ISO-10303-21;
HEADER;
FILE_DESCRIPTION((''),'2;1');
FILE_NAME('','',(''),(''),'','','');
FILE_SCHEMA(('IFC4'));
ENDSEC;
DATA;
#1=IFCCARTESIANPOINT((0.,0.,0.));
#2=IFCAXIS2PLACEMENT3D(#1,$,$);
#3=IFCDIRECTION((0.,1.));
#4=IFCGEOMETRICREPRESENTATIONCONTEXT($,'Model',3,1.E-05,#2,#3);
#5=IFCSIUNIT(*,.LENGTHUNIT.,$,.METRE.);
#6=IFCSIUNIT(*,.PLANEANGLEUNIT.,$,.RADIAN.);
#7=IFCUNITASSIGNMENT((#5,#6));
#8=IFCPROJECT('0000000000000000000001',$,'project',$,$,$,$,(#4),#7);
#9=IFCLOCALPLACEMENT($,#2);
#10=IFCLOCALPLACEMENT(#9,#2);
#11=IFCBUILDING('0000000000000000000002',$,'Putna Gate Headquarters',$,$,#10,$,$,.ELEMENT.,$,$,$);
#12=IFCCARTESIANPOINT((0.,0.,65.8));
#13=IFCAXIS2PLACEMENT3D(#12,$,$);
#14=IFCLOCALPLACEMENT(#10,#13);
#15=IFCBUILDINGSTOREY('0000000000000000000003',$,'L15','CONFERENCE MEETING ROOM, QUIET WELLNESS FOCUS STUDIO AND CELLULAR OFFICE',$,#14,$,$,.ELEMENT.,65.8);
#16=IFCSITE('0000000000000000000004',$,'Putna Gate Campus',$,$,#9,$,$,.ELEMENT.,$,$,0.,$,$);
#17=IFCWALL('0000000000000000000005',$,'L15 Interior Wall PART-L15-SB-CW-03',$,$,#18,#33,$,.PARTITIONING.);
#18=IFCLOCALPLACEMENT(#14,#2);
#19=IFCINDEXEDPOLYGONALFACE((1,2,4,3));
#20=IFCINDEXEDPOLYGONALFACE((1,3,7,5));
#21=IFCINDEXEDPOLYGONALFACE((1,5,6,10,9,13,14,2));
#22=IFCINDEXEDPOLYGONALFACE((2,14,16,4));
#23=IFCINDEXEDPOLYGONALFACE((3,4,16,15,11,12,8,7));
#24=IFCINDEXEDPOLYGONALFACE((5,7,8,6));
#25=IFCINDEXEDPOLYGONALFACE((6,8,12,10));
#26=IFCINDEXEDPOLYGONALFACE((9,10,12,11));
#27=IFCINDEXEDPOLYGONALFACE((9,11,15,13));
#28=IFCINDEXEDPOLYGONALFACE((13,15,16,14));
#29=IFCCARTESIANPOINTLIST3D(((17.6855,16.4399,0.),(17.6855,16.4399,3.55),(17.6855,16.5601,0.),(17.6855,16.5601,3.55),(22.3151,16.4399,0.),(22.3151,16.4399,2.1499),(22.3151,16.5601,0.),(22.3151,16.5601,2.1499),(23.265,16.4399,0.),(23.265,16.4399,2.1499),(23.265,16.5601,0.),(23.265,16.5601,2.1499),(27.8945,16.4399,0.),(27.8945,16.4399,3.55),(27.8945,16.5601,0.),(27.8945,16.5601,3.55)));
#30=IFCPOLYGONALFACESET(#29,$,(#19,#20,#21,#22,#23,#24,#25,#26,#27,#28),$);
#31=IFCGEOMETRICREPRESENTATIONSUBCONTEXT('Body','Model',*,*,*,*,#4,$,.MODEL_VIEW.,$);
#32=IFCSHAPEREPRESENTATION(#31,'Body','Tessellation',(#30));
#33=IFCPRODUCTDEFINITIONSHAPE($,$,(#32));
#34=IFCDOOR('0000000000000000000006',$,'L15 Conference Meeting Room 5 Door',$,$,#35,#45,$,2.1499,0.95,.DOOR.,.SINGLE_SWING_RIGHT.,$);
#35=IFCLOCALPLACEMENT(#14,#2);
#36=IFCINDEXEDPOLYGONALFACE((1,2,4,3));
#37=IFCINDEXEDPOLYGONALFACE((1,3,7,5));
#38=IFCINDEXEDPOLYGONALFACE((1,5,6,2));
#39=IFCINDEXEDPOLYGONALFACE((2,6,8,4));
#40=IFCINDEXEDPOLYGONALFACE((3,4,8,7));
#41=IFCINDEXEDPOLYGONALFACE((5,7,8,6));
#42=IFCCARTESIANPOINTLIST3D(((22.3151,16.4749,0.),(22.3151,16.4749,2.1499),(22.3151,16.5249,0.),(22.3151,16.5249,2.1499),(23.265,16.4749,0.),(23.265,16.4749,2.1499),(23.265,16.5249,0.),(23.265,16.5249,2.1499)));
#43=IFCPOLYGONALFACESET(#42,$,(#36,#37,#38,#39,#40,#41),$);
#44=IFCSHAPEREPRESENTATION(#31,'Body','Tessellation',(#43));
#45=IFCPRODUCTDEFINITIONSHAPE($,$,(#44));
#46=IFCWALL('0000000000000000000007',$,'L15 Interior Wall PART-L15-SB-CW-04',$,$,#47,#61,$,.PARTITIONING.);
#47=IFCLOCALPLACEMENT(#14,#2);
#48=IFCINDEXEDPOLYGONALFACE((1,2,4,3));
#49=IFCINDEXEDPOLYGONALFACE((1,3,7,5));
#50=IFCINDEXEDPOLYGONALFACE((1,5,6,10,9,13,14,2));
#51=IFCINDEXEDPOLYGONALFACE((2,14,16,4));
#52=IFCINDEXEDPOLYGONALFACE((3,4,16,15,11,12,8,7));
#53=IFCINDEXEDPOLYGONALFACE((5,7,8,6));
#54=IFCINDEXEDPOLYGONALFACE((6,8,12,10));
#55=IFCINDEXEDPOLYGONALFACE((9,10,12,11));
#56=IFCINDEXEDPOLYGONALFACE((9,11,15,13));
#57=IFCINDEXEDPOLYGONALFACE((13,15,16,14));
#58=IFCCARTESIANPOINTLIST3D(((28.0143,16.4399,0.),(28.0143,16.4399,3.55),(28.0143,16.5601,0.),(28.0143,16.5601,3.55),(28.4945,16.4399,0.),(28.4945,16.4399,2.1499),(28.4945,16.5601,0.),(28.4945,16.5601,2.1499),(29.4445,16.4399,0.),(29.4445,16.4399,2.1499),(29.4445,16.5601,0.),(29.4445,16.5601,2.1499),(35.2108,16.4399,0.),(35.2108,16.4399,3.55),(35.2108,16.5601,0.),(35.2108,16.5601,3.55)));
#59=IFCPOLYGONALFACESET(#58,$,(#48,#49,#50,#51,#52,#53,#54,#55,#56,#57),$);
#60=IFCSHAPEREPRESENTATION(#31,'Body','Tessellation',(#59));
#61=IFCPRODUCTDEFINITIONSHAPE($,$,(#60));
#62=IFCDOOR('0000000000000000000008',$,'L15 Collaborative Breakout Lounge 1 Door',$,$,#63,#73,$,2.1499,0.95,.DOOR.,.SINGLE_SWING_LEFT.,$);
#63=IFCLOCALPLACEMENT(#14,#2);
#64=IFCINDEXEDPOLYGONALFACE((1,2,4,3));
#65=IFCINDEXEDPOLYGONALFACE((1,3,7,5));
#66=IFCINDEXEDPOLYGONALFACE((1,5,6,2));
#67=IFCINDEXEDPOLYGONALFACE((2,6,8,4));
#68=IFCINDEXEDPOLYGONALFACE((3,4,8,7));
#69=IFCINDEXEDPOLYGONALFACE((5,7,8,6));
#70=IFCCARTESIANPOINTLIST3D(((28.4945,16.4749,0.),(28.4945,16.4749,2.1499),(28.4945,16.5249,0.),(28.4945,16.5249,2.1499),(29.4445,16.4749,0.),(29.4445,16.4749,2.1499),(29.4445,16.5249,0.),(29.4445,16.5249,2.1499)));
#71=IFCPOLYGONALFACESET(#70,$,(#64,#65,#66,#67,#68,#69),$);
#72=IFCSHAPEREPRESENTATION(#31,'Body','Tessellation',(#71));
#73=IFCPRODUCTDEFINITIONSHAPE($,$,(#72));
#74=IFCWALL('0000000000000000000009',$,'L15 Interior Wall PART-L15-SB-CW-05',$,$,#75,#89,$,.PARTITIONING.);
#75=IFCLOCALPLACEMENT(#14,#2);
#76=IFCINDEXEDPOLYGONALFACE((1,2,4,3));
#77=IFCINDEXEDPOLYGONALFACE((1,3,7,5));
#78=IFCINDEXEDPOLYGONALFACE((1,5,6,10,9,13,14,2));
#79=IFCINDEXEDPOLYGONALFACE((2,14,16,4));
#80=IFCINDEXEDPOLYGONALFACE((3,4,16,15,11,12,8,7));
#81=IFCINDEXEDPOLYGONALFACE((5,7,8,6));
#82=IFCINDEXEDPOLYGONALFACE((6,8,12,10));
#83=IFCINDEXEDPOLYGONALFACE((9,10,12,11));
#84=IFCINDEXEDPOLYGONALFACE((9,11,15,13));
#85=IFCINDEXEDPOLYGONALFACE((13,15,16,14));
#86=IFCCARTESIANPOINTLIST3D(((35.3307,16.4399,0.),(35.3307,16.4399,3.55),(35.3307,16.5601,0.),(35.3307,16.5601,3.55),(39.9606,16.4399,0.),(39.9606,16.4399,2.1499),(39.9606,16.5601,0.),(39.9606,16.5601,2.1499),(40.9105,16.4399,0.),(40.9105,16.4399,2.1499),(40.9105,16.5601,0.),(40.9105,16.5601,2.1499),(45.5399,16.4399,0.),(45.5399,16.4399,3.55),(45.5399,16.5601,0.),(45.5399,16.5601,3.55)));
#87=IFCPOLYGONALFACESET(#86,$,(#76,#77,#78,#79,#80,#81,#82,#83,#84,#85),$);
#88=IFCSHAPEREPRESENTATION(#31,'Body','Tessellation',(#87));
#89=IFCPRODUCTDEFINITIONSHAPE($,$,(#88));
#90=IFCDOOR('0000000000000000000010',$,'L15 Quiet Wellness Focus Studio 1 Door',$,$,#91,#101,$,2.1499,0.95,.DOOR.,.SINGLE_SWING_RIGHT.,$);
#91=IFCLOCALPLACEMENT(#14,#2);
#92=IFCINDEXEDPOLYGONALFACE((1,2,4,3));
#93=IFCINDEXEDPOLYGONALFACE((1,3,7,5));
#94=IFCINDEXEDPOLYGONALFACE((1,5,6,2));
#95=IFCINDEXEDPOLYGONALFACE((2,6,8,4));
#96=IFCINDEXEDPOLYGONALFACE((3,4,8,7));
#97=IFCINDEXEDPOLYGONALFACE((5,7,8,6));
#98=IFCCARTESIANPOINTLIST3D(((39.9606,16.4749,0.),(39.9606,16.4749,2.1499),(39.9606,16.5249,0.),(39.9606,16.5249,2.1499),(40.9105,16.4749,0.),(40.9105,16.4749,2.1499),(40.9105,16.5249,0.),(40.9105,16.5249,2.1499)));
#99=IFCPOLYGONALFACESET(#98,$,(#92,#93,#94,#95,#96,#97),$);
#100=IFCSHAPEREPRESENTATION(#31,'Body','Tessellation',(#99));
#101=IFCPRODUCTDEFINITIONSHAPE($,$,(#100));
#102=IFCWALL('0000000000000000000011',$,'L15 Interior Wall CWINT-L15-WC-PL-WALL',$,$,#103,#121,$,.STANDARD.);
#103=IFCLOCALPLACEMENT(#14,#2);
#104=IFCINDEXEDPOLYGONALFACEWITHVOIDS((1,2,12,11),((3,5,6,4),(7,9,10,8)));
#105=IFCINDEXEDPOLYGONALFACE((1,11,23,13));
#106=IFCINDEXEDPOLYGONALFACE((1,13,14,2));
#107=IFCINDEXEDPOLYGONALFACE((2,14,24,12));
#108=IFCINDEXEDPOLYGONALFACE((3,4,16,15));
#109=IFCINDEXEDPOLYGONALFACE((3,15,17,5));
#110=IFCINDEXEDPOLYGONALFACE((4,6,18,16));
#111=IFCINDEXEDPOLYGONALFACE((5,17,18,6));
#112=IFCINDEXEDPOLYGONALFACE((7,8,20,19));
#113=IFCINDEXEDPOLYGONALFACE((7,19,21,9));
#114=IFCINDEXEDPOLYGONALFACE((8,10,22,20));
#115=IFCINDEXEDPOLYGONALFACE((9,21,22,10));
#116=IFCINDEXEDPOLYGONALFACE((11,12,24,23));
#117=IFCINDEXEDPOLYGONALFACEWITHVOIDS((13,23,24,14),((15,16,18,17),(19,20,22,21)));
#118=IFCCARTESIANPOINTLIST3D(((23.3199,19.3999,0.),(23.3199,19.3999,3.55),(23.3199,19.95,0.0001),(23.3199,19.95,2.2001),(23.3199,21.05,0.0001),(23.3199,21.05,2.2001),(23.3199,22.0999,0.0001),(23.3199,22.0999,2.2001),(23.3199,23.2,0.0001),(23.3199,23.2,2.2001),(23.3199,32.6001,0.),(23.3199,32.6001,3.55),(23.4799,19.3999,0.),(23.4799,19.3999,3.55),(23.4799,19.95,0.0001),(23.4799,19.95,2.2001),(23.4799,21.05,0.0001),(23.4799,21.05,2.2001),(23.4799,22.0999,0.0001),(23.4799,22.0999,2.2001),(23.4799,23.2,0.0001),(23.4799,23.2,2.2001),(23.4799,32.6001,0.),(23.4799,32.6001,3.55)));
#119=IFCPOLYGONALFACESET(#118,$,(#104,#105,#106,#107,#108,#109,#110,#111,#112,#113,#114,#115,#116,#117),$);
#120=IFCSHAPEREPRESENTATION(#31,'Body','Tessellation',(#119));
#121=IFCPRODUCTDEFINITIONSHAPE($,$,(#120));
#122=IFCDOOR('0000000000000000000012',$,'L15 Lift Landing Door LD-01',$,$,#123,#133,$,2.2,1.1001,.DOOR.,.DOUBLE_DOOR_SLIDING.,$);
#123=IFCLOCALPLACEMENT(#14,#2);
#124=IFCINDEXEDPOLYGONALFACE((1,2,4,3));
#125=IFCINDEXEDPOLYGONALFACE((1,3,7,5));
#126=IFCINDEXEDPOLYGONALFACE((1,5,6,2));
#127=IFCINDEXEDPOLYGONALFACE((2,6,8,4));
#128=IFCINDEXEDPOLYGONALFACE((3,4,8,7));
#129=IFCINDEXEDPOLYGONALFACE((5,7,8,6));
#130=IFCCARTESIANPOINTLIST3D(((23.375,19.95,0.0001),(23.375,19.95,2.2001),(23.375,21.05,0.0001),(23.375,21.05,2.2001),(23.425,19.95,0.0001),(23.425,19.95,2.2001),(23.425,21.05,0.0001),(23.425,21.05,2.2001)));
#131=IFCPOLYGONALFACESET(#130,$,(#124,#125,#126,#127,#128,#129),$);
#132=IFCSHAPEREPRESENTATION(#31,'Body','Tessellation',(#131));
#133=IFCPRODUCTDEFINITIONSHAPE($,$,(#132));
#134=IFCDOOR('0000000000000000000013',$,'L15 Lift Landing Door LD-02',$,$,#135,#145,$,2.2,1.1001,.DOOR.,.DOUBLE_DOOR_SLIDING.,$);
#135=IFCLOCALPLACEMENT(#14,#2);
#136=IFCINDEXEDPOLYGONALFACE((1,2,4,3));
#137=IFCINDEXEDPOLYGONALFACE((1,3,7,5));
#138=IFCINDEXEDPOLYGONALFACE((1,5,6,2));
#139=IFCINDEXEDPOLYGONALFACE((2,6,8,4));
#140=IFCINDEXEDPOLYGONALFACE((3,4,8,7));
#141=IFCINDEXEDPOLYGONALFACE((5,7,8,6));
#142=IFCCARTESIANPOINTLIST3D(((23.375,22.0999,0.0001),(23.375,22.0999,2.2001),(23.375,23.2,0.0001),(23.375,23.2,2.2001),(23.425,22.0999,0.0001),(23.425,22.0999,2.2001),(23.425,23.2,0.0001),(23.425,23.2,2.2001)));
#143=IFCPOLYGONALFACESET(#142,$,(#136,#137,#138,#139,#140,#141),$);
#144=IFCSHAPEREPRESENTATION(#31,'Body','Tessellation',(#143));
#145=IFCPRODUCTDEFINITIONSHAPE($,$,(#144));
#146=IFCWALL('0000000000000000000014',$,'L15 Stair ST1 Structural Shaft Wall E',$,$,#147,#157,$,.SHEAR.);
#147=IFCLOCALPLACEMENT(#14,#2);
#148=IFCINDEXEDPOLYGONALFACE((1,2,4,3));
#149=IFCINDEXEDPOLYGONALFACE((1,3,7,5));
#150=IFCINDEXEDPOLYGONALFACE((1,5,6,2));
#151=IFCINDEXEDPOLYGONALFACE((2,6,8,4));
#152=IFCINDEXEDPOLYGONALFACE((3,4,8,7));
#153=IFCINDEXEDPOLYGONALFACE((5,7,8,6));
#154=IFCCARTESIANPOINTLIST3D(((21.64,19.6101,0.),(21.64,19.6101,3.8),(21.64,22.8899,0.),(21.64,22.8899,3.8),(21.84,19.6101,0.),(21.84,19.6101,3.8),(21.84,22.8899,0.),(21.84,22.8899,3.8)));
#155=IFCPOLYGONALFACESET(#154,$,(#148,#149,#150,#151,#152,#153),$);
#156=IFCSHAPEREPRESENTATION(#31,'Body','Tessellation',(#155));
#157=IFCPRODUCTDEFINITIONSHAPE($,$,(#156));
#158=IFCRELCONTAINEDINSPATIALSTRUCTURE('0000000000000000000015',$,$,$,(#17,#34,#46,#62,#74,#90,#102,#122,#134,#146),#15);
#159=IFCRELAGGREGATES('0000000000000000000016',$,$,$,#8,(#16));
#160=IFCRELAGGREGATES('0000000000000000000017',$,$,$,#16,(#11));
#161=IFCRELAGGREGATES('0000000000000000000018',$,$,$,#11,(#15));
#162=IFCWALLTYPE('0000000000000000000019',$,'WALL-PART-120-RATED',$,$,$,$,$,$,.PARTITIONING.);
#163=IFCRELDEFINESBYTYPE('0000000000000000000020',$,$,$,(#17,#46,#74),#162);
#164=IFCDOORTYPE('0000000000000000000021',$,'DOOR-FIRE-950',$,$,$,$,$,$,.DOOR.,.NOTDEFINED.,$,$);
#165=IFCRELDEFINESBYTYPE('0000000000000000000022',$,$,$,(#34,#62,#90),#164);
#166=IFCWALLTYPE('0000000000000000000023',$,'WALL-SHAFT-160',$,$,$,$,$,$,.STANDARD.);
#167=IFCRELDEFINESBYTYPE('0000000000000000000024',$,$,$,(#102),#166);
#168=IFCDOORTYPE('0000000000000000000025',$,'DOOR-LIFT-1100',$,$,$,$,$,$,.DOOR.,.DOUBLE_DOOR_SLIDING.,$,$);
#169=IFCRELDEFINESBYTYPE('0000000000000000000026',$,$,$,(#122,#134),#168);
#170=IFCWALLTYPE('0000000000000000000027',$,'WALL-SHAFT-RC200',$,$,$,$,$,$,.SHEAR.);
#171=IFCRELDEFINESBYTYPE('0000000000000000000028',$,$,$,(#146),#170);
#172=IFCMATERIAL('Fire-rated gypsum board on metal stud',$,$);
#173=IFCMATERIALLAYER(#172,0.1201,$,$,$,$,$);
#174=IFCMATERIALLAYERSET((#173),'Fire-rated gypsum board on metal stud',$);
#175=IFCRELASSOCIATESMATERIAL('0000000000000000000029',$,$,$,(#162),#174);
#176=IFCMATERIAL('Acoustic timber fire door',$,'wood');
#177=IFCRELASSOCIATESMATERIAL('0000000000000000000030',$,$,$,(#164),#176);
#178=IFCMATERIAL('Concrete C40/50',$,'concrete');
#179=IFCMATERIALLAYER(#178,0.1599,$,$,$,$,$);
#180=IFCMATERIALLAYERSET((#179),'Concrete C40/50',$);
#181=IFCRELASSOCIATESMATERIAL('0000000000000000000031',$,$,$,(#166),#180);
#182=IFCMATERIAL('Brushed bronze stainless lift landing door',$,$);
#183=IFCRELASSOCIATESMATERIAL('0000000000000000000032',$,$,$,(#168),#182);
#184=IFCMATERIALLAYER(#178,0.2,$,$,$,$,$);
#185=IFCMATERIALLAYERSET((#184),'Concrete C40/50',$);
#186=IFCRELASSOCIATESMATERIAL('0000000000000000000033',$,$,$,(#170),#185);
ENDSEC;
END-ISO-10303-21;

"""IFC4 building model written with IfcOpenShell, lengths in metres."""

from ifc_helpers import new_model, si_unit, direction, frame, frame_2d, origin, place, context, subcontext, project, spatial, rectangle, extrude, material, layer, layer_set, type_object, element, fill, save


model = new_model("IFC4")

# Units and contexts
model_context = context("Model", 3, precision=1e-05, world=origin(), true_north=direction((0.0, 1.0)))
body_context = subcontext(model_context, "Body", "Model", "MODEL_VIEW")
ifc_project = project(units=[si_unit("LENGTHUNIT", "METRE"), si_unit("PLANEANGLEUNIT", "RADIAN")], contexts=[model_context])

# Site, building, storey
site_placement = place(None, origin())
site = spatial("IfcSite", under=ifc_project, at=site_placement, Name="Putna Gate Campus", CompositionType="ELEMENT", RefElevation=0.0)
building_placement = place(site_placement, origin())
building = spatial("IfcBuilding", under=site, at=building_placement, Name="Putna Gate Headquarters", CompositionType="ELEMENT")
storey_placement = place(building_placement, frame((0.0, 0.0, 65.8)))
storey = spatial("IfcBuildingStorey", under=building, at=storey_placement, Name="L15", Description="CONFERENCE MEETING ROOM, QUIET WELLNESS FOCUS STUDIO AND CELLULAR OFFICE", CompositionType="ELEMENT", Elevation=65.8)

# Walls, openings, doors
ifc_material_1 = material(Name="Fire-rated gypsum board on metal stud")
ifc_layer_1 = layer(ifc_material_1, 0.1201)
ifc_layer_set_1 = layer_set([ifc_layer_1], Name="Fire-rated gypsum board on metal stud")
wall_type_1 = type_object("IfcWallType", Name="WALL-PART-120-RATED", PredefinedType="PARTITIONING", material=ifc_layer_set_1)
wall_1_placement = place(storey_placement, frame((17.6855, 16.5, 0.0), z_axis=(0.0, 0.0, 1.0), x_axis=(1.0, 0.0, 0.0)))
wall_1 = element("IfcWall", 1, at=wall_1_placement, inside=storey, type_object=wall_type_1, Name="L15 Interior Wall PART-L15-SB-CW-03", PredefinedType="PARTITIONING", context=body_context, shape_type="SweptSolid", body=[
    extrude(rectangle(XDim=10.209, YDim=0.1201, at=frame_2d((5.1045, 0.0))), origin(), (0.0, 0.0, 1.0), 3.55),
])
opening_1_placement = place(wall_1_placement, frame((4.6294, 0.0, 0.0)))
opening_1 = element("IfcOpeningElement", 2, at=opening_1_placement, cuts=wall_1, PredefinedType="OPENING", context=body_context, shape_type="SweptSolid", body=[
    extrude(rectangle(XDim=0.95, YDim=2.1499, at=frame_2d((0.4751, 1.075))), frame((0.0, 0.0701, 0.0), z_axis=(0.0, -1.0, 0.0), x_axis=(1.0, 0.0, 0.0)), (0.0, 0.0, 1.0), 0.1401),
])
ifc_material_2 = material(Name="Acoustic timber fire door", Category="wood")
door_type_1 = type_object("IfcDoorType", Name="DOOR-FIRE-950", OperationType="NOTDEFINED", PredefinedType="DOOR", material=ifc_material_2)
door_1_placement = place(opening_1_placement, origin())
door_1 = element("IfcDoor", 3, at=door_1_placement, inside=storey, type_object=door_type_1, Name="L15 Conference Meeting Room 5 Door", OperationType="SINGLE_SWING_RIGHT", OverallHeight=2.1499, OverallWidth=0.95, PredefinedType="DOOR", context=body_context, shape_type="SweptSolid", body=[
    extrude(rectangle(XDim=0.95, YDim=2.1499, at=frame_2d((0.4751, 1.075))), frame((0.0, 0.0249, 0.0), z_axis=(0.0, -1.0, 0.0), x_axis=(1.0, 0.0, 0.0)), (0.0, 0.0, 1.0), 0.05),
])
fill(opening_1, door_1)
wall_2_placement = place(storey_placement, frame((28.0144, 16.5, 0.0), z_axis=(0.0, 0.0, 1.0), x_axis=(1.0, 0.0, 0.0)))
wall_2 = element("IfcWall", 4, at=wall_2_placement, inside=storey, type_object=wall_type_1, Name="L15 Interior Wall PART-L15-SB-CW-04", PredefinedType="PARTITIONING", context=body_context, shape_type="SweptSolid", body=[
    extrude(rectangle(XDim=7.1965, YDim=0.1201, at=frame_2d((3.5981, 0.0))), origin(), (0.0, 0.0, 1.0), 3.55),
])
opening_2_placement = place(wall_2_placement, frame((0.48, 0.0, 0.0)))
opening_2 = element("IfcOpeningElement", 5, at=opening_2_placement, cuts=wall_2, PredefinedType="OPENING", context=body_context, shape_type="SweptSolid", body=[
    extrude(rectangle(XDim=0.95, YDim=2.1499, at=frame_2d((0.4751, 1.075))), frame((0.0, 0.0701, 0.0), z_axis=(0.0, -1.0, 0.0), x_axis=(1.0, 0.0, 0.0)), (0.0, 0.0, 1.0), 0.1401),
])
door_2_placement = place(opening_2_placement, origin())
door_2 = element("IfcDoor", 6, at=door_2_placement, inside=storey, type_object=door_type_1, Name="L15 Collaborative Breakout Lounge 1 Door", OperationType="SINGLE_SWING_LEFT", OverallHeight=2.1499, OverallWidth=0.95, PredefinedType="DOOR", context=body_context, shape_type="SweptSolid", body=[
    extrude(rectangle(XDim=0.95, YDim=2.1499, at=frame_2d((0.4751, 1.075))), frame((0.0, 0.0249, 0.0), z_axis=(0.0, -1.0, 0.0), x_axis=(1.0, 0.0, 0.0)), (0.0, 0.0, 1.0), 0.05),
])
fill(opening_2, door_2)
wall_3_placement = place(storey_placement, frame((35.3308, 16.5, 0.0), z_axis=(0.0, 0.0, 1.0), x_axis=(1.0, 0.0, 0.0)))
wall_3 = element("IfcWall", 7, at=wall_3_placement, inside=storey, type_object=wall_type_1, Name="L15 Interior Wall PART-L15-SB-CW-05", PredefinedType="PARTITIONING", context=body_context, shape_type="SweptSolid", body=[
    extrude(rectangle(XDim=10.2092, YDim=0.1201, at=frame_2d((5.1045, 0.0))), origin(), (0.0, 0.0, 1.0), 3.55),
])
opening_3_placement = place(wall_3_placement, frame((4.6296, 0.0, 0.0)))
opening_3 = element("IfcOpeningElement", 8, at=opening_3_placement, cuts=wall_3, PredefinedType="OPENING", context=body_context, shape_type="SweptSolid", body=[
    extrude(rectangle(XDim=0.95, YDim=2.1499, at=frame_2d((0.4751, 1.075))), frame((0.0, 0.0701, 0.0), z_axis=(0.0, -1.0, 0.0), x_axis=(1.0, 0.0, 0.0)), (0.0, 0.0, 1.0), 0.1401),
])
door_3_placement = place(opening_3_placement, origin())
door_3 = element("IfcDoor", 9, at=door_3_placement, inside=storey, type_object=door_type_1, Name="L15 Quiet Wellness Focus Studio 1 Door", OperationType="SINGLE_SWING_RIGHT", OverallHeight=2.1499, OverallWidth=0.95, PredefinedType="DOOR", context=body_context, shape_type="SweptSolid", body=[
    extrude(rectangle(XDim=0.95, YDim=2.1499, at=frame_2d((0.4751, 1.075))), frame((0.0, 0.0249, 0.0), z_axis=(0.0, -1.0, 0.0), x_axis=(1.0, 0.0, 0.0)), (0.0, 0.0, 1.0), 0.05),
])
fill(opening_3, door_3)

# Wall, openings, doors
ifc_material_3 = material(Name="Concrete C40/50", Category="concrete")
ifc_layer_2 = layer(ifc_material_3, 0.1599)
ifc_layer_set_2 = layer_set([ifc_layer_2], Name="Concrete C40/50")
wall_type_2 = type_object("IfcWallType", Name="WALL-SHAFT-160", PredefinedType="STANDARD", material=ifc_layer_set_2)
wall_4_placement = place(storey_placement, frame((23.3999, 19.3999, 0.0), z_axis=(0.0, 0.0, 1.0), x_axis=(0.0, 1.0, 0.0)))
wall_4 = element("IfcWall", 10, at=wall_4_placement, inside=storey, type_object=wall_type_2, Name="L15 Interior Wall CWINT-L15-WC-PL-WALL", PredefinedType="STANDARD", context=body_context, shape_type="SweptSolid", body=[
    extrude(rectangle(XDim=13.2002, YDim=0.1599, at=frame_2d((6.6001, 0.0))), origin(), (0.0, 0.0, 1.0), 3.55),
])
opening_4_placement = place(wall_4_placement, frame((0.55, 0.0, 0.0)))
opening_4 = element("IfcOpeningElement", 11, at=opening_4_placement, cuts=wall_4, PredefinedType="OPENING", context=body_context, shape_type="SweptSolid", body=[
    extrude(rectangle(XDim=1.1001, YDim=2.2, at=frame_2d((0.55, 1.1001))), frame((0.0, 0.0898, 0.0), z_axis=(0.0, -1.0, 0.0), x_axis=(1.0, 0.0, 0.0)), (0.0, 0.0, 1.0), 0.1799),
])
opening_5_placement = place(wall_4_placement, frame((2.7, 0.0, 0.0)))
opening_5 = element("IfcOpeningElement", 12, at=opening_5_placement, cuts=wall_4, PredefinedType="OPENING", context=body_context, shape_type="SweptSolid", body=[
    extrude(rectangle(XDim=1.1001, YDim=2.2, at=frame_2d((0.55, 1.1001))), frame((0.0, 0.0898, 0.0), z_axis=(0.0, -1.0, 0.0), x_axis=(1.0, 0.0, 0.0)), (0.0, 0.0, 1.0), 0.1799),
])
ifc_material_4 = material(Name="Brushed bronze stainless lift landing door")
door_type_2 = type_object("IfcDoorType", Name="DOOR-LIFT-1100", OperationType="DOUBLE_DOOR_SLIDING", PredefinedType="DOOR", material=ifc_material_4)
door_4_placement = place(opening_4_placement, origin())
door_4 = element("IfcDoor", 13, at=door_4_placement, inside=storey, type_object=door_type_2, Name="L15 Lift Landing Door LD-01", OperationType="DOUBLE_DOOR_SLIDING", OverallHeight=2.2, OverallWidth=1.1001, PredefinedType="DOOR", context=body_context, shape_type="SweptSolid", body=[
    extrude(rectangle(XDim=1.1001, YDim=2.2, at=frame_2d((0.55, 1.1001))), frame((0.0, 0.0249, 0.0), z_axis=(0.0, -1.0, 0.0), x_axis=(1.0, 0.0, 0.0)), (0.0, 0.0, 1.0), 0.05),
])
fill(opening_4, door_4)
door_5_placement = place(opening_5_placement, origin())
door_5 = element("IfcDoor", 14, at=door_5_placement, inside=storey, type_object=door_type_2, Name="L15 Lift Landing Door LD-02", OperationType="DOUBLE_DOOR_SLIDING", OverallHeight=2.2, OverallWidth=1.1001, PredefinedType="DOOR", context=body_context, shape_type="SweptSolid", body=[
    extrude(rectangle(XDim=1.1001, YDim=2.2, at=frame_2d((0.55, 1.1001))), frame((0.0, 0.0249, 0.0), z_axis=(0.0, -1.0, 0.0), x_axis=(1.0, 0.0, 0.0)), (0.0, 0.0, 1.0), 0.05),
])
fill(opening_5, door_5)

# Wall
ifc_layer_3 = layer(ifc_material_3, 0.2)
ifc_layer_set_3 = layer_set([ifc_layer_3], Name="Concrete C40/50")
wall_type_3 = type_object("IfcWallType", Name="WALL-SHAFT-RC200", PredefinedType="SHEAR", material=ifc_layer_set_3)
wall_5_placement = place(storey_placement, frame((21.74, 19.6101, 0.0), z_axis=(0.0, 0.0, 1.0), x_axis=(0.0, 1.0, 0.0)))
element("IfcWall", 15, at=wall_5_placement, inside=storey, type_object=wall_type_3, Name="L15 Stair ST1 Structural Shaft Wall E", PredefinedType="SHEAR", context=body_context, shape_type="SweptSolid", body=[
    extrude(rectangle(XDim=3.2798, YDim=0.2, at=frame_2d((1.6399, 0.0))), origin(), (0.0, 0.0, 1.0), 3.8),
])

save(model, "model.ifc")
